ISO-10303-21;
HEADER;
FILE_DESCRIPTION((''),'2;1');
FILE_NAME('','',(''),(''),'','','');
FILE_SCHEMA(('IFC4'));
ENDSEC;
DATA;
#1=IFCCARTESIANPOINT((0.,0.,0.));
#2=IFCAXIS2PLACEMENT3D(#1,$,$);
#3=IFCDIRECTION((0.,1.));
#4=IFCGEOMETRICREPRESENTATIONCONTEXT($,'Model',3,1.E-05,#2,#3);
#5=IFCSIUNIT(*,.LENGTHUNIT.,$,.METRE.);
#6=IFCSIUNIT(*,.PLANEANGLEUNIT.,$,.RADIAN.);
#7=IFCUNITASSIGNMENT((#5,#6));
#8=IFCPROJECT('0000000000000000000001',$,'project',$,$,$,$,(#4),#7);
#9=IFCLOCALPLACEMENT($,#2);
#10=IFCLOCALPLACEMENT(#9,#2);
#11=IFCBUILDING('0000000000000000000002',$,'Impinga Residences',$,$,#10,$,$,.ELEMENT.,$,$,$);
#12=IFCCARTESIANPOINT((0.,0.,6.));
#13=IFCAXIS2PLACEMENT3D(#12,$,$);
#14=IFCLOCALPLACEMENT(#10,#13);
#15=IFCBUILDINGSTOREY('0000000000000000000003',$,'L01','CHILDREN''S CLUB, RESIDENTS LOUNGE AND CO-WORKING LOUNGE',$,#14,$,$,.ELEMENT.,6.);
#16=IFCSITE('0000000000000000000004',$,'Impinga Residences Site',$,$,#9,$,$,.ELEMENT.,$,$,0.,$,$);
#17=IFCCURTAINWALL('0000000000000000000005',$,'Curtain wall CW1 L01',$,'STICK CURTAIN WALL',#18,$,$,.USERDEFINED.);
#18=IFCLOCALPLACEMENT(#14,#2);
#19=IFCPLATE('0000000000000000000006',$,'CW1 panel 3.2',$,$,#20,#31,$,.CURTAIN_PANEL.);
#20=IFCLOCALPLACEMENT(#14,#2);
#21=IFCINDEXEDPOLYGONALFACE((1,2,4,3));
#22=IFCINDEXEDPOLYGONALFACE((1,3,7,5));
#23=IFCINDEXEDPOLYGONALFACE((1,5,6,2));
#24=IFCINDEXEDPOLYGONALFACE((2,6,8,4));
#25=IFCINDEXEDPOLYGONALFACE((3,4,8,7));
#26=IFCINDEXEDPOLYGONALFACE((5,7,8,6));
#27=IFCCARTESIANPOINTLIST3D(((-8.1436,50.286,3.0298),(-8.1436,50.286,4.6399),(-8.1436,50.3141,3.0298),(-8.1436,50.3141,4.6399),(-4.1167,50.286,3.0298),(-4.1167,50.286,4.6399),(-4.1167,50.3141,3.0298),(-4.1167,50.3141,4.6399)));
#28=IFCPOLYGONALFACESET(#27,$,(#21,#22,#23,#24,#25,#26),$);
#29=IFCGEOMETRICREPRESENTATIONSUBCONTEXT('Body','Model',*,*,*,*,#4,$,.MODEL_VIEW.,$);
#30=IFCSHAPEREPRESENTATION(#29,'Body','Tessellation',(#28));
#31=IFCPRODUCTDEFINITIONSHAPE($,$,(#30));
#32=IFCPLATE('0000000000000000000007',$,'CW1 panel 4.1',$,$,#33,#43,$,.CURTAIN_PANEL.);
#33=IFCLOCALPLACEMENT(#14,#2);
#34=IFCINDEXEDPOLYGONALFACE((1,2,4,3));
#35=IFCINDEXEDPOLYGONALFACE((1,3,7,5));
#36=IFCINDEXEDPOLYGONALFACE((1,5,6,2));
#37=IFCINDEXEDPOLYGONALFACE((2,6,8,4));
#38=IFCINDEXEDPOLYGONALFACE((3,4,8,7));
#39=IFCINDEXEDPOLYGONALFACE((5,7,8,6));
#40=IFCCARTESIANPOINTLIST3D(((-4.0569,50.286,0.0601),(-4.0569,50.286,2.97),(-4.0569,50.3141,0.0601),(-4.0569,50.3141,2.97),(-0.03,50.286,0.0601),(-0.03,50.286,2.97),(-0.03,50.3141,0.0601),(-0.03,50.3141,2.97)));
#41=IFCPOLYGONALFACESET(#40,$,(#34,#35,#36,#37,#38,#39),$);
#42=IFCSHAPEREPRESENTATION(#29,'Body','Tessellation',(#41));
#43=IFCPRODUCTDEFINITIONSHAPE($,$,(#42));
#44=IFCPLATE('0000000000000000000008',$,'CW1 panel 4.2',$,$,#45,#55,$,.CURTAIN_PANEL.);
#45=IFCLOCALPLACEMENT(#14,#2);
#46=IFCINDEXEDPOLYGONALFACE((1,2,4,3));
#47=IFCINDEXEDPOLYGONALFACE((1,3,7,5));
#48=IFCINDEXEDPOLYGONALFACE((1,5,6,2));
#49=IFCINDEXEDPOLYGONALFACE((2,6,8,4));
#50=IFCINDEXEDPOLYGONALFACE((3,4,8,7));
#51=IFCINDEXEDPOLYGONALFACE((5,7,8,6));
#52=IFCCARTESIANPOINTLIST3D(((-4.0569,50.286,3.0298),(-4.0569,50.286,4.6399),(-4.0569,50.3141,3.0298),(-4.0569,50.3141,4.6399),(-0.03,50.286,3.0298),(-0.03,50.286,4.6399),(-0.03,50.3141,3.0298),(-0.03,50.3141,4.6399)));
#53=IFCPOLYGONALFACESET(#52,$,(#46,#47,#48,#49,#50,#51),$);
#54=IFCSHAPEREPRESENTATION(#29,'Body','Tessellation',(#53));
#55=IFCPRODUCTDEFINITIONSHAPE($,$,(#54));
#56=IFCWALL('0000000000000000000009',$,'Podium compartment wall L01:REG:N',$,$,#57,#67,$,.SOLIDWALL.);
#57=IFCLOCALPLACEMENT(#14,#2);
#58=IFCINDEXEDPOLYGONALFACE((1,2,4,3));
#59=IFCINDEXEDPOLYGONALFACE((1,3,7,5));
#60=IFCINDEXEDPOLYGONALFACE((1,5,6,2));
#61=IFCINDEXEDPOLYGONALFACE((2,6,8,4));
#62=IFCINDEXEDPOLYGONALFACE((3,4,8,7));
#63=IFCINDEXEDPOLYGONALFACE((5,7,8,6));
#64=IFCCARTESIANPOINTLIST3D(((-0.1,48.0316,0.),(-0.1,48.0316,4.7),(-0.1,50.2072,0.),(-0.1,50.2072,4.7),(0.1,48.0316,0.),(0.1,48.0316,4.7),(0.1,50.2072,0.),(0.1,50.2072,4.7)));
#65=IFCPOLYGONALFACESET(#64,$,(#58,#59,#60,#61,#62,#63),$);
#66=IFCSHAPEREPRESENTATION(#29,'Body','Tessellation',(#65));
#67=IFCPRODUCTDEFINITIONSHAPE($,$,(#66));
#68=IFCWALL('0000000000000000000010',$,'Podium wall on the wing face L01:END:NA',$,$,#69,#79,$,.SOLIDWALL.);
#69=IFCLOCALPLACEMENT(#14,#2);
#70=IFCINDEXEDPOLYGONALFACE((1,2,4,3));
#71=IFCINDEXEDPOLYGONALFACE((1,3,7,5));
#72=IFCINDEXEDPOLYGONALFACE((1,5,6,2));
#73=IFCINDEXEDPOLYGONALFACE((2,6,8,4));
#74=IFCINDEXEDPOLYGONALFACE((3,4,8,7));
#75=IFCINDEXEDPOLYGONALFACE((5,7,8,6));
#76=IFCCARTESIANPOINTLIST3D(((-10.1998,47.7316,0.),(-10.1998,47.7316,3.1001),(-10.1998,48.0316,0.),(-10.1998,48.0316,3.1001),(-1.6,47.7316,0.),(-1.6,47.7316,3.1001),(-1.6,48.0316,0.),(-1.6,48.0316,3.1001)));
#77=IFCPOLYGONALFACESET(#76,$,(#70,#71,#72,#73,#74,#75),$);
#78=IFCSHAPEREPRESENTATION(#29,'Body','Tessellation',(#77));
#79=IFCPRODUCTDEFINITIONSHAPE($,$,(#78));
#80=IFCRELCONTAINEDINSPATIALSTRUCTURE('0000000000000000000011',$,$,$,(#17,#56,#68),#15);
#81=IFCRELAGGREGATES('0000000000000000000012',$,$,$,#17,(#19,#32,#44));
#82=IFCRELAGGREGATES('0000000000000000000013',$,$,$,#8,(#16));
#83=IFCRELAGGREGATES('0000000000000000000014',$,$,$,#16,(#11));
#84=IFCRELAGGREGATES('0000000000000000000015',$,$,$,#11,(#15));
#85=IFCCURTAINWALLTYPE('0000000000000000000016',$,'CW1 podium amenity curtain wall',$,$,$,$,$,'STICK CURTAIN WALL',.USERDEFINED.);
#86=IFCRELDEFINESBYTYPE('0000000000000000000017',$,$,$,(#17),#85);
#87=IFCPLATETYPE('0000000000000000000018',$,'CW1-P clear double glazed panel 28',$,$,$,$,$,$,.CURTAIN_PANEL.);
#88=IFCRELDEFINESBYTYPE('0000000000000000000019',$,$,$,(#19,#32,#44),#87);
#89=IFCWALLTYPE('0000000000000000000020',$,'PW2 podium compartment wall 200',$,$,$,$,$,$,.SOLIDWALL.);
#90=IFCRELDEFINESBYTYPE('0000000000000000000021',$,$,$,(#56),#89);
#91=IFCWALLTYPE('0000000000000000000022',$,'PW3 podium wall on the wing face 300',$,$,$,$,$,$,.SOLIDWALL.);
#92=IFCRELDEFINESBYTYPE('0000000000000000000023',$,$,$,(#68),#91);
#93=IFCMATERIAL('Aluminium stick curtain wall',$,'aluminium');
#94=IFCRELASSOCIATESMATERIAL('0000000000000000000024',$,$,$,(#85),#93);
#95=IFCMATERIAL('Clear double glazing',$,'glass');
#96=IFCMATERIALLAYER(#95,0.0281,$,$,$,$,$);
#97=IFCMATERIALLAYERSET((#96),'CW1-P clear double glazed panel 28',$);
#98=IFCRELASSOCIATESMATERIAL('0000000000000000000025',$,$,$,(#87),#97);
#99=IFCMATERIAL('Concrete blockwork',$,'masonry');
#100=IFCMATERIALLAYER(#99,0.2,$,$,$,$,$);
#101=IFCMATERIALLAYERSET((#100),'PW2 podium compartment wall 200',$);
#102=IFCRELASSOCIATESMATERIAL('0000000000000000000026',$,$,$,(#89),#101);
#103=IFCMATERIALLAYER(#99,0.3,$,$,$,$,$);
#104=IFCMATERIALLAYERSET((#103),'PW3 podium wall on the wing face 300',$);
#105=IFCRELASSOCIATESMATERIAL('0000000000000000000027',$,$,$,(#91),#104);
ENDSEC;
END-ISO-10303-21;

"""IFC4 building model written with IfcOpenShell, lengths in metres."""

from ifc_helpers import new_model, si_unit, direction, frame, frame_2d, origin, origin_2d, place, context, subcontext, project, spatial, rectangle, extrude, material, layer, layer_set, type_object, element, aggregate, save


model = new_model("IFC4")

# Units and contexts
model_context = context("Model", 3, precision=1e-05, world=origin(), true_north=direction((0.0, 1.0)))
body_context = subcontext(model_context, "Body", "Model", "MODEL_VIEW")
ifc_project = project(units=[si_unit("LENGTHUNIT", "METRE"), si_unit("PLANEANGLEUNIT", "RADIAN")], contexts=[model_context])

# Site, building, storey
site_placement = place(None, origin())
site = spatial("IfcSite", under=ifc_project, at=site_placement, Name="Impinga Residences Site", CompositionType="ELEMENT", RefElevation=0.0)
building_placement = place(site_placement, origin())
building = spatial("IfcBuilding", under=site, at=building_placement, Name="Impinga Residences", CompositionType="ELEMENT")
storey_placement = place(building_placement, frame((0.0, 0.0, 6.0)))
storey = spatial("IfcBuildingStorey", under=building, at=storey_placement, Name="L01", Description="CHILDREN'S CLUB, RESIDENTS LOUNGE AND CO-WORKING LOUNGE", CompositionType="ELEMENT", Elevation=6.0)

# Curtain wall
ifc_material_1 = material(Name="Aluminium stick curtain wall", Category="aluminium")
curtain_wall_type = type_object("IfcCurtainWallType", Name="CW1 podium amenity curtain wall", ElementType="STICK CURTAIN WALL", PredefinedType="USERDEFINED", material=ifc_material_1)
curtain_wall_placement = place(storey_placement, origin())
curtain_wall = element("IfcCurtainWall", 1, at=curtain_wall_placement, inside=storey, type_object=curtain_wall_type, Name="Curtain wall CW1 L01", ObjectType="STICK CURTAIN WALL", PredefinedType="USERDEFINED")

# Plates
ifc_material_2 = material(Name="Clear double glazing", Category="glass")
ifc_layer_1 = layer(ifc_material_2, 0.0281)
ifc_layer_set_1 = layer_set([ifc_layer_1], Name="CW1-P clear double glazed panel 28")
plate_type = type_object("IfcPlateType", Name="CW1-P clear double glazed panel 28", PredefinedType="CURTAIN_PANEL", material=ifc_layer_set_1)
plate_1_placement = place(storey_placement, frame((-6.1301, 50.3, 3.0298), z_axis=(0.0, 0.0, 1.0), x_axis=(1.0, 0.0, 0.0)))
plate_1 = element("IfcPlate", 2, at=plate_1_placement, type_object=plate_type, Name="CW1 panel 3.2", PredefinedType="CURTAIN_PANEL", context=body_context, shape_type="SweptSolid", body=[
    extrude(rectangle(XDim=4.0269, YDim=0.0281, at=origin_2d()), origin(), (0.0, 0.0, 1.0), 1.6101),
])
plate_2_placement = place(storey_placement, frame((-2.0435, 50.3, 0.0601), z_axis=(0.0, 0.0, 1.0), x_axis=(1.0, 0.0, 0.0)))
plate_2 = element("IfcPlate", 3, at=plate_2_placement, type_object=plate_type, Name="CW1 panel 4.1", PredefinedType="CURTAIN_PANEL", context=body_context, shape_type="SweptSolid", body=[
    extrude(rectangle(XDim=4.0269, YDim=0.0281, at=origin_2d()), origin(), (0.0, 0.0, 1.0), 2.9099),
])
plate_3_placement = place(storey_placement, frame((-2.0435, 50.3, 3.0298), z_axis=(0.0, 0.0, 1.0), x_axis=(1.0, 0.0, 0.0)))
plate_3 = element("IfcPlate", 4, at=plate_3_placement, type_object=plate_type, Name="CW1 panel 4.2", PredefinedType="CURTAIN_PANEL", context=body_context, shape_type="SweptSolid", body=[
    extrude(rectangle(XDim=4.0269, YDim=0.0281, at=origin_2d()), origin(), (0.0, 0.0, 1.0), 1.6101),
])
aggregate(curtain_wall, [plate_1, plate_2, plate_3])

# Walls
ifc_material_3 = material(Name="Concrete blockwork", Category="masonry")
ifc_layer_2 = layer(ifc_material_3, 0.2)
ifc_layer_set_2 = layer_set([ifc_layer_2], Name="PW2 podium compartment wall 200")
wall_type_1 = type_object("IfcWallType", Name="PW2 podium compartment wall 200", PredefinedType="SOLIDWALL", material=ifc_layer_set_2)
wall_1_placement = place(storey_placement, frame((0.0, 48.0315, 0.0), z_axis=(0.0, 0.0, 1.0), x_axis=(0.0, 1.0, 0.0)))
element("IfcWall", 5, at=wall_1_placement, inside=storey, type_object=wall_type_1, Name="Podium compartment wall L01:REG:N", PredefinedType="SOLIDWALL", context=body_context, shape_type="SweptSolid", body=[
    extrude(rectangle(XDim=2.1755, YDim=0.2, at=frame_2d((1.0879, 0.0))), origin(), (0.0, 0.0, 1.0), 4.7),
])
ifc_layer_3 = layer(ifc_material_3, 0.3)
ifc_layer_set_3 = layer_set([ifc_layer_3], Name="PW3 podium wall on the wing face 300")
wall_type_2 = type_object("IfcWallType", Name="PW3 podium wall on the wing face 300", PredefinedType="SOLIDWALL", material=ifc_layer_set_3)
wall_2_placement = place(storey_placement, frame((-1.6001, 47.8816, 0.0), z_axis=(0.0, 0.0, 1.0), x_axis=(-1.0, 0.0, 0.0)))
element("IfcWall", 6, at=wall_2_placement, inside=storey, type_object=wall_type_2, Name="Podium wall on the wing face L01:END:NA", PredefinedType="SOLIDWALL", context=body_context, shape_type="SweptSolid", body=[
    extrude(rectangle(XDim=8.5999, YDim=0.3, at=frame_2d((4.2998, 0.0))), origin(), (0.0, 0.0, 1.0), 3.1001),
])

save(model, "model.ifc")
